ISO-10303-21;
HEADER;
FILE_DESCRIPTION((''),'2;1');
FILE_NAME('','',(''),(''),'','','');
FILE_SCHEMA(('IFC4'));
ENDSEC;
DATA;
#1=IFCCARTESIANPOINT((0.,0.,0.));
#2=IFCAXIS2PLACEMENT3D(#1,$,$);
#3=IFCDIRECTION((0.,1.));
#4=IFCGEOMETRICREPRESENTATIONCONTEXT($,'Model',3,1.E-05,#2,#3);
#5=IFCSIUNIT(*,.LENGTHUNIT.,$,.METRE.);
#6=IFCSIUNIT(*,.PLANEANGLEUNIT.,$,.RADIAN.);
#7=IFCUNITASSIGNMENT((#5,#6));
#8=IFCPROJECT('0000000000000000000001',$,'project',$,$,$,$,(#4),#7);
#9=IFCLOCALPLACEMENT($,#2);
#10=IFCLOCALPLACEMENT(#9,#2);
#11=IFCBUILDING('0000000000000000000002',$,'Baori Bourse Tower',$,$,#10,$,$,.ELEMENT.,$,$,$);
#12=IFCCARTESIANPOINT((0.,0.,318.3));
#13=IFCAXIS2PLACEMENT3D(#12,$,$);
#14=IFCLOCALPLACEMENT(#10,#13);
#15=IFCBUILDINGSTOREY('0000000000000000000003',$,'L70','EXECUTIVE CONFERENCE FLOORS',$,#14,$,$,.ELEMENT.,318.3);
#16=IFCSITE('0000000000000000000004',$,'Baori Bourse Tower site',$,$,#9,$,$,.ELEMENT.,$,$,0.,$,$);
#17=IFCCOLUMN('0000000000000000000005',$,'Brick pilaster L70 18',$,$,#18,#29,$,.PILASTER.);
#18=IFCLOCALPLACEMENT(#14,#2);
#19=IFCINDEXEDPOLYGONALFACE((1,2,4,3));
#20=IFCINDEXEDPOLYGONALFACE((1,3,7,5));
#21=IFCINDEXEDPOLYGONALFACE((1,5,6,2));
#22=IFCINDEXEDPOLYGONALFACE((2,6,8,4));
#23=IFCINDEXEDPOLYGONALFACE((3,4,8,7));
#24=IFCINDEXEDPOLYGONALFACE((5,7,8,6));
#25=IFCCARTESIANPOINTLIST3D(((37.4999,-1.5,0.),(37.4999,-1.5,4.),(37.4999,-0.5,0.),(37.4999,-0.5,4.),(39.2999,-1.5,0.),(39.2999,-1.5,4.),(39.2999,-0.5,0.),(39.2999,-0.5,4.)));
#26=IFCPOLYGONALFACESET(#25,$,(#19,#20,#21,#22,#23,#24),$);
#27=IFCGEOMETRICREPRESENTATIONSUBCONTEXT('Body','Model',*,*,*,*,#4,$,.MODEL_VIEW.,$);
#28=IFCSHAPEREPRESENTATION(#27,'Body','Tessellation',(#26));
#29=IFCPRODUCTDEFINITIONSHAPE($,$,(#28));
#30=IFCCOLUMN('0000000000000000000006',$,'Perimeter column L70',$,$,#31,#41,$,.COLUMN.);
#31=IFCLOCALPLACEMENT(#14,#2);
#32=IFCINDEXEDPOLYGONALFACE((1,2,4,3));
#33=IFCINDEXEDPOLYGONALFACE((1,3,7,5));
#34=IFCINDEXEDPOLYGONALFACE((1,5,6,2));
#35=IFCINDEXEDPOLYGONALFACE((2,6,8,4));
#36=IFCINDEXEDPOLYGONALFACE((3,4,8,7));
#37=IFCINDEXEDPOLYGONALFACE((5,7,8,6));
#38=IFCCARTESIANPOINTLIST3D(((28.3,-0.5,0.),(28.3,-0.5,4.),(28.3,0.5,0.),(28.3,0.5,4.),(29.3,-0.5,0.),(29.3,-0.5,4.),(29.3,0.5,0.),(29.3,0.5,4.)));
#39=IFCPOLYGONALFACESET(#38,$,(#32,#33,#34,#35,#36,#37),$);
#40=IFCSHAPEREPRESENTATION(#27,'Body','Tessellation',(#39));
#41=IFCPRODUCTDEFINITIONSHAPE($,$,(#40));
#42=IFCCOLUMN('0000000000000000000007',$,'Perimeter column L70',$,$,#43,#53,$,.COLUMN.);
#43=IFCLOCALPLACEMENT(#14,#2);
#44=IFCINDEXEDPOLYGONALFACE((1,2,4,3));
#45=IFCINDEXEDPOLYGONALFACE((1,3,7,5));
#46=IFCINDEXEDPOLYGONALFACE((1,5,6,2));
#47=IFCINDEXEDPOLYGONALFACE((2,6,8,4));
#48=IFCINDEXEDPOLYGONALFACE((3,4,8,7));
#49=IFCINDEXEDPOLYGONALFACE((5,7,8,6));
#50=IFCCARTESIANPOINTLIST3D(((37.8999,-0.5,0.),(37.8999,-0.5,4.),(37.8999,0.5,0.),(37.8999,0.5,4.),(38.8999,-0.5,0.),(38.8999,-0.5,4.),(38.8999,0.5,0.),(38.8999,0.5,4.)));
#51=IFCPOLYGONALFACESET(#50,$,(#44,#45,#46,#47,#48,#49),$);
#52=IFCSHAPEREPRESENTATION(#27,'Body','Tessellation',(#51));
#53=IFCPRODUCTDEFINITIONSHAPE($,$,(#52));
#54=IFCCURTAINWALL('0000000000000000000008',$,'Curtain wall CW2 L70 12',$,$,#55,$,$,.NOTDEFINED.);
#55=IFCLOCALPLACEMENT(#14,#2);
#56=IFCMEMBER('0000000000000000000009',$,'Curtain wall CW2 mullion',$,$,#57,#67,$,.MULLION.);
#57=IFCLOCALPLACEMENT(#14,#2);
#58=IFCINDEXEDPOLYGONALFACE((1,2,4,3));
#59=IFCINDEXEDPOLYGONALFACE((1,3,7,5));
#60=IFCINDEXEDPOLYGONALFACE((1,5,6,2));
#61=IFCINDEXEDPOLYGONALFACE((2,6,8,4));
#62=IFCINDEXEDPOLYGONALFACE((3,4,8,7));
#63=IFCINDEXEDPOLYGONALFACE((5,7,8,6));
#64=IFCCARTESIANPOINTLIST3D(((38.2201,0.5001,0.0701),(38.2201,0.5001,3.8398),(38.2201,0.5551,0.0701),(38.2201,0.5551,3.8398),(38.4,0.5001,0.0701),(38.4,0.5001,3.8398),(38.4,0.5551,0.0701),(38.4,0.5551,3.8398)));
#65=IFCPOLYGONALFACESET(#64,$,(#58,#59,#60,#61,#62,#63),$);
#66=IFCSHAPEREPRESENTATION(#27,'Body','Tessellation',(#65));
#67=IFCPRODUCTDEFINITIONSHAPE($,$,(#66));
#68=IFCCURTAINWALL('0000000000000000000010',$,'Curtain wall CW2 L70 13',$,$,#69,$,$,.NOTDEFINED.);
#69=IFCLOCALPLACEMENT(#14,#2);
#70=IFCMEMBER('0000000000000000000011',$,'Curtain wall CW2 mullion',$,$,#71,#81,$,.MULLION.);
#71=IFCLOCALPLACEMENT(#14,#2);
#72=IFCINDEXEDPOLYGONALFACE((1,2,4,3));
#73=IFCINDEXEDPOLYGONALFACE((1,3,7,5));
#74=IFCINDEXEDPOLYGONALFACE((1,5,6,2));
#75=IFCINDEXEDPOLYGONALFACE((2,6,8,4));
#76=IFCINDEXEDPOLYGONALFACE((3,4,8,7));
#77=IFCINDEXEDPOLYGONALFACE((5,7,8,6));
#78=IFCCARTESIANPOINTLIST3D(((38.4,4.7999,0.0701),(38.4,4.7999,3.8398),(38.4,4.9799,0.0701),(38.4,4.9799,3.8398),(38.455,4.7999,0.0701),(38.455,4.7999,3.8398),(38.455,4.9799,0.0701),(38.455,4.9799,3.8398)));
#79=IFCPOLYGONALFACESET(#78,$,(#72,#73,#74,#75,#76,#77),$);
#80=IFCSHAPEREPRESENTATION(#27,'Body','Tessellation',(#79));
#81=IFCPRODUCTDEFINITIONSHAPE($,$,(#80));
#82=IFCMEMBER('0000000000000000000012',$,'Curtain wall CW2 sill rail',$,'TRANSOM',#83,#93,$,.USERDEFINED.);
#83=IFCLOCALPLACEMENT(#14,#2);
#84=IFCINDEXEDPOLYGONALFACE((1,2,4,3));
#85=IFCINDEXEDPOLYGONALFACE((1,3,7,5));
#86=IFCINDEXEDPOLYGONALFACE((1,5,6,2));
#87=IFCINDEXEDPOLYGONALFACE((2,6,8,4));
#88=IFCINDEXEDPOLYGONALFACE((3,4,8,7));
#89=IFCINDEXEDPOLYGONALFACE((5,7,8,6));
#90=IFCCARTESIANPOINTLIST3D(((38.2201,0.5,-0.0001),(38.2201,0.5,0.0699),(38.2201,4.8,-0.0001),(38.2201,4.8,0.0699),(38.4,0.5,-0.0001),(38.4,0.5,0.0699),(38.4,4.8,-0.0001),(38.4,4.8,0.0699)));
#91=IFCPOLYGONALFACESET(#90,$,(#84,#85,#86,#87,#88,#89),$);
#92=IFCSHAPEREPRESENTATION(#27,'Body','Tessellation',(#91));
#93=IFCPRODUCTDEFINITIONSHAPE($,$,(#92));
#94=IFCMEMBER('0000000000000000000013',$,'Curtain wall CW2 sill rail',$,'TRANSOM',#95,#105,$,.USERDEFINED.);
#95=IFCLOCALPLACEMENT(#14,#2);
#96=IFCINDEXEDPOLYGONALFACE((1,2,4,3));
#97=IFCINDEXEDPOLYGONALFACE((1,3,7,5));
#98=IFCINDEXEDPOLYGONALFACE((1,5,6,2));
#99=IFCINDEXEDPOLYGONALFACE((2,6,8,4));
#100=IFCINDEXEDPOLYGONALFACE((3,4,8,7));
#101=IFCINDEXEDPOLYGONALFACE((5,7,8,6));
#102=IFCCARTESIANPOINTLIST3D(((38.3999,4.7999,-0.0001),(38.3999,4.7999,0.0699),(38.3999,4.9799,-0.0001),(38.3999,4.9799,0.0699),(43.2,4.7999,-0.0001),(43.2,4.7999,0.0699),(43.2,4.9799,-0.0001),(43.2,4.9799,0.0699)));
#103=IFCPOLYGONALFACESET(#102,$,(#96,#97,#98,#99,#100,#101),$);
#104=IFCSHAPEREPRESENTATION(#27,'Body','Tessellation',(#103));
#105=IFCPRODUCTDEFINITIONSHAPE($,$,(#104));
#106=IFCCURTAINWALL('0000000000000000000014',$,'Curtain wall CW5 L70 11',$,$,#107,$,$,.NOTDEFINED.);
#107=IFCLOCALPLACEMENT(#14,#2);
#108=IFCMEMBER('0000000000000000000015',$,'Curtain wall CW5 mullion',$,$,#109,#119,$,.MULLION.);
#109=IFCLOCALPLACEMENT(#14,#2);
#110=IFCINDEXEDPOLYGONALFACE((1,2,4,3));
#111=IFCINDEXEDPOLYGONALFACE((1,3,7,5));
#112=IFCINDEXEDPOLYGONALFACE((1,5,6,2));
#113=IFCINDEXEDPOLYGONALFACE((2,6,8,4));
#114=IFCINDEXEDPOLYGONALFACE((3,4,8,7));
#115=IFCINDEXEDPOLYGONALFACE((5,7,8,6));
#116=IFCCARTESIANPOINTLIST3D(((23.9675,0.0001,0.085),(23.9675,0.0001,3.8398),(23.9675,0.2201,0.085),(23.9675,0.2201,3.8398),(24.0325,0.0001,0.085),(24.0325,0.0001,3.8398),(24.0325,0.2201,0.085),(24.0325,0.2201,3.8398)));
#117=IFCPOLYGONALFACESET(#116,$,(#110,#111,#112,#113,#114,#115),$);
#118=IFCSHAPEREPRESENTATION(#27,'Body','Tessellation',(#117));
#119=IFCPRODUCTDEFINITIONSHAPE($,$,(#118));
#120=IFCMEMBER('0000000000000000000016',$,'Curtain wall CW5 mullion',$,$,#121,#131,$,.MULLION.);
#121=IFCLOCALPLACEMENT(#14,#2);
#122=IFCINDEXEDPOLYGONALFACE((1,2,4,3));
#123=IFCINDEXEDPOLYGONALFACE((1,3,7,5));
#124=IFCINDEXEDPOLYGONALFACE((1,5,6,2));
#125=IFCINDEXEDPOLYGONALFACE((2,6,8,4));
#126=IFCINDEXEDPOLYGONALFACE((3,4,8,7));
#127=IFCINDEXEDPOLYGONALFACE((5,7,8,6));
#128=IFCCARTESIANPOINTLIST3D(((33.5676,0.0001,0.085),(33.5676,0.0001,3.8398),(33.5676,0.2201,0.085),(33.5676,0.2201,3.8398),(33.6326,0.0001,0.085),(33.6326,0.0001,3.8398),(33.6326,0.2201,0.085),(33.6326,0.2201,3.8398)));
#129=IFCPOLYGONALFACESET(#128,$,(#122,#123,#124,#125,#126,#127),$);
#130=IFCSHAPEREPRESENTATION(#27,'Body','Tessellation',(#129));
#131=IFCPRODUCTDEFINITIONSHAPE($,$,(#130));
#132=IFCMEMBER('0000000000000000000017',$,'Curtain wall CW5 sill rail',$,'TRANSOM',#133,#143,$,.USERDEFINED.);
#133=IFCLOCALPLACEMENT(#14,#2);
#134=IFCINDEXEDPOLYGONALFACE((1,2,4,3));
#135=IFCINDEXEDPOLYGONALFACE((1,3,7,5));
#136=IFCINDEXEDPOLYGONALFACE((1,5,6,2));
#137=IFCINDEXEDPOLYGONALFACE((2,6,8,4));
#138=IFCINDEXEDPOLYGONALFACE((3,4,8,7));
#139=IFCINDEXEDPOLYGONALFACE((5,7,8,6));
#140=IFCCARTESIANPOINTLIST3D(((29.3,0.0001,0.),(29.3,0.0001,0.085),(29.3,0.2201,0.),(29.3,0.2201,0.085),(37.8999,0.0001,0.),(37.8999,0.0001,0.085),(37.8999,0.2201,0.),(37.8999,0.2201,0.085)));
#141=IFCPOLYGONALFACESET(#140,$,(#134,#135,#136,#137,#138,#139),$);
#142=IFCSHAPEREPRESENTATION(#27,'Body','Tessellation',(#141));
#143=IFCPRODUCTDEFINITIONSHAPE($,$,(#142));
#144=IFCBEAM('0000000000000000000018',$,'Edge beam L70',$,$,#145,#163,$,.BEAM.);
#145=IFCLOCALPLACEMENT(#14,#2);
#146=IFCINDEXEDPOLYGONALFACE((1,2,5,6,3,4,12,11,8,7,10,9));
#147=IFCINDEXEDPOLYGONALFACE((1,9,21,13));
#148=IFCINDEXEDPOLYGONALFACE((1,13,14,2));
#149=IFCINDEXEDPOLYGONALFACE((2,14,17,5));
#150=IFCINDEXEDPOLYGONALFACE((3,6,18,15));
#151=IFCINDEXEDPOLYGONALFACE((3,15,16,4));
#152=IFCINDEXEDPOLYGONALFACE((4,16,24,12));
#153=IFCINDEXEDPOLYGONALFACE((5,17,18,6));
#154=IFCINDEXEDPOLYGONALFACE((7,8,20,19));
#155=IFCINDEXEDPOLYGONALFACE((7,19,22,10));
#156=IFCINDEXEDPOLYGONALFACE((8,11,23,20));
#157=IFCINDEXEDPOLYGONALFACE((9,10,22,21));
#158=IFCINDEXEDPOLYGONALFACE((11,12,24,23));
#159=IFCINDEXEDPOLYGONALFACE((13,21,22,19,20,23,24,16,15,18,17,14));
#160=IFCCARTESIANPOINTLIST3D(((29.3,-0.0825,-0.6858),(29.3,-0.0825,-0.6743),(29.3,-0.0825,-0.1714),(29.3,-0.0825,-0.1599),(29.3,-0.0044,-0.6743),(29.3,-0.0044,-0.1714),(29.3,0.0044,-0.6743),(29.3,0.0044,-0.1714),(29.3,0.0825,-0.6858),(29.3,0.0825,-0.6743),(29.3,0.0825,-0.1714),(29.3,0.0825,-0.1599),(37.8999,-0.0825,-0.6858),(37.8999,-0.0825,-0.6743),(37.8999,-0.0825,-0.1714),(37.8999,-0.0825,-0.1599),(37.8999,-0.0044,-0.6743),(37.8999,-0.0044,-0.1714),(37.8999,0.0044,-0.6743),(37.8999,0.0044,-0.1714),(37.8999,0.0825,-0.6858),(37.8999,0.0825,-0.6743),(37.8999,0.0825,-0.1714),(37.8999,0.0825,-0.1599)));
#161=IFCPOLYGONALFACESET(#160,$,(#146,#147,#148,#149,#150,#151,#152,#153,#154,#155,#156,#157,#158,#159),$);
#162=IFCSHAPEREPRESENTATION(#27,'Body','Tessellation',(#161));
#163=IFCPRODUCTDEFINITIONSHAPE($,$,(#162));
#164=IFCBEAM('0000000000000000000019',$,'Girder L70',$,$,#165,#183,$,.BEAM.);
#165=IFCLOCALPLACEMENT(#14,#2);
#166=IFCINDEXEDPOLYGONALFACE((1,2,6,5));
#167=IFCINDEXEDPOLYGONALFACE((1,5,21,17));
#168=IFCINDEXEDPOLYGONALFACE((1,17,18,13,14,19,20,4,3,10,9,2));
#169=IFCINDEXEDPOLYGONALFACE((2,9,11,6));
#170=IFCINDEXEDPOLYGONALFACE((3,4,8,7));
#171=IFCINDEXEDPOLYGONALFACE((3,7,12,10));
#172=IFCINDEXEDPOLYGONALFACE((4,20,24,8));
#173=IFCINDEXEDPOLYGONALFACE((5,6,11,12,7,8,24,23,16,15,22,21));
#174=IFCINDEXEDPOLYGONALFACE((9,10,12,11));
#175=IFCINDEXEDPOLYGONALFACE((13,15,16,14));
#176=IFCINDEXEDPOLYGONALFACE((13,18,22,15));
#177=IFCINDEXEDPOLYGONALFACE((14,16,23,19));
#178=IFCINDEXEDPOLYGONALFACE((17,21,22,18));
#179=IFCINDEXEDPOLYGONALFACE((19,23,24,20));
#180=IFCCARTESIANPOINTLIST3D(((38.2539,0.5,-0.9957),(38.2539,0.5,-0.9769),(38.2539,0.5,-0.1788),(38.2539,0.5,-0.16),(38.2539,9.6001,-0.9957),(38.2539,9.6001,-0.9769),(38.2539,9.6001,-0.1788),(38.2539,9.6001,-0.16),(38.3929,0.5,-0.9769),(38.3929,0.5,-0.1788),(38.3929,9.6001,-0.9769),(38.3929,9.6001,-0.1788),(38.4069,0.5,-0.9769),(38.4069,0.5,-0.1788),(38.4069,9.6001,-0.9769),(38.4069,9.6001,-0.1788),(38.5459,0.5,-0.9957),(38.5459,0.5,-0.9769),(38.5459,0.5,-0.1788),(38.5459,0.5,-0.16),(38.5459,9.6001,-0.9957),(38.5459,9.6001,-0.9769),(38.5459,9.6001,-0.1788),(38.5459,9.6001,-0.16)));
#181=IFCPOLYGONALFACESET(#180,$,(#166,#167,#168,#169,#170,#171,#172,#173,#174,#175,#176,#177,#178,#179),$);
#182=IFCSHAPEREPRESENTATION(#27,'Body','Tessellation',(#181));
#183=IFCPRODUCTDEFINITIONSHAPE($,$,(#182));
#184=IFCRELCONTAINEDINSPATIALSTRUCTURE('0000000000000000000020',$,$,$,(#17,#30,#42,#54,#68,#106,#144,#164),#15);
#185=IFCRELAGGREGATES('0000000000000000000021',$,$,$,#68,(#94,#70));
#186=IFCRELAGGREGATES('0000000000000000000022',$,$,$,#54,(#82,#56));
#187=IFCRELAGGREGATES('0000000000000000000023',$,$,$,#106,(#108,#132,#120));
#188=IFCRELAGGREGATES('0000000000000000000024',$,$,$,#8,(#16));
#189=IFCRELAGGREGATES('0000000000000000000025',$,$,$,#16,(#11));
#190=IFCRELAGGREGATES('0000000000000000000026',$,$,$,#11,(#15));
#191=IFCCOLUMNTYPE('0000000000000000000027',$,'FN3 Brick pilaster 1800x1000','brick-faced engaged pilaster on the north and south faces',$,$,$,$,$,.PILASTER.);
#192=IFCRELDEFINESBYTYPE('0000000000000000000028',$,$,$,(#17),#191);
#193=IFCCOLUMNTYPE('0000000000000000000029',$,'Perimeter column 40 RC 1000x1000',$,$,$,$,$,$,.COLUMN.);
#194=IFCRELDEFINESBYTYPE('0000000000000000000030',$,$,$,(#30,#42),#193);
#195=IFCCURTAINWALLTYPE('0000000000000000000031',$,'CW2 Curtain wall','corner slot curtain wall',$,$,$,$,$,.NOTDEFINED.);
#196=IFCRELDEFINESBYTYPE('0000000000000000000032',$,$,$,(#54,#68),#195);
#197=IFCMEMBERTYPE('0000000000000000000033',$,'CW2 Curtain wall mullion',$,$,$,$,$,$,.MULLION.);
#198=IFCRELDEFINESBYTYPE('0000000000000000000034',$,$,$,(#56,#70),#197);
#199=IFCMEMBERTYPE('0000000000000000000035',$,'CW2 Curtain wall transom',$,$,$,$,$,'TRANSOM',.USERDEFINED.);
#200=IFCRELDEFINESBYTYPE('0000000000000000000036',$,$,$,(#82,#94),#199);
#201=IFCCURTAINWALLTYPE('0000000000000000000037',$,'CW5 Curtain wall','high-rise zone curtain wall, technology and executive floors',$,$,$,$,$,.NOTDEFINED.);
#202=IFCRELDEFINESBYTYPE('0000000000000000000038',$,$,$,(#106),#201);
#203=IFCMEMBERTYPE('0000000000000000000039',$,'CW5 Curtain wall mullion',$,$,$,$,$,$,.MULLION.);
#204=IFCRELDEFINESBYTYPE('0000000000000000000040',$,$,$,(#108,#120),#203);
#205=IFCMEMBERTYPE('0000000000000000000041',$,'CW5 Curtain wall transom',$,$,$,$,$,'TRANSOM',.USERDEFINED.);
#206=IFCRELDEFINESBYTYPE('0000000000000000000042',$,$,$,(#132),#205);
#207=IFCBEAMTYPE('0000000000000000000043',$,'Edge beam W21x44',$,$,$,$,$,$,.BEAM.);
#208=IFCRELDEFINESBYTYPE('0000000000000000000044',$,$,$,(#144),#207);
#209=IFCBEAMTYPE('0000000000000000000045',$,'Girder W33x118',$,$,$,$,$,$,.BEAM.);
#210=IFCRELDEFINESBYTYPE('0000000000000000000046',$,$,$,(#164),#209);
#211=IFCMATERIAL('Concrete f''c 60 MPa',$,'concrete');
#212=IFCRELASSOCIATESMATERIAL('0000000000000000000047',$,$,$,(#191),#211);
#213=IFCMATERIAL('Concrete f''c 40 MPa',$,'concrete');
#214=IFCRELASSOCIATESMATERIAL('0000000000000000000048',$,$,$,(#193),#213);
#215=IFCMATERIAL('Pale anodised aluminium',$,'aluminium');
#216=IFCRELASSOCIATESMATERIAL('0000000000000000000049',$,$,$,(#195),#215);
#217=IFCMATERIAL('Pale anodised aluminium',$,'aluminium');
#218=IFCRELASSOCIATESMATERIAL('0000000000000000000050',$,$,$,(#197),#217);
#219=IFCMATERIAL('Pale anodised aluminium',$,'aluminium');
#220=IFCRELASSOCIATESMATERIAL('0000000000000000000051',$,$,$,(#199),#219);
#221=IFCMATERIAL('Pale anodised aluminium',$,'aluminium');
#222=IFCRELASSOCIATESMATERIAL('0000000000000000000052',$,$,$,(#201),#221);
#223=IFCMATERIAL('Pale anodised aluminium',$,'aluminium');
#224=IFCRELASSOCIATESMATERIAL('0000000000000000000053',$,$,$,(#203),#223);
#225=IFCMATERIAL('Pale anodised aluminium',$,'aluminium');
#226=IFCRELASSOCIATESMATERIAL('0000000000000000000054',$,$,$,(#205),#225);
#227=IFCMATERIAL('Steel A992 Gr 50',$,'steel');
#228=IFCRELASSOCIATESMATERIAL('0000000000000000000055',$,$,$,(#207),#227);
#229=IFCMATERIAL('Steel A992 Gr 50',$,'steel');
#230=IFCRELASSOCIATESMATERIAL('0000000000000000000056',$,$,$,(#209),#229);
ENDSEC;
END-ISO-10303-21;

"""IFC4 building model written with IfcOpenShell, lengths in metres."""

from ifc_helpers import new_model, si_unit, direction, frame, origin, origin_2d, place, context, subcontext, project, spatial, rectangle, i_section, extrude, material, material_profile, profile_set, type_object, element, aggregate, save


model = new_model("IFC4")

# Units and contexts
model_context = context("Model", 3, precision=1e-05, world=origin(), true_north=direction((0.0, 1.0)))
body_context = subcontext(model_context, "Body", "Model", "MODEL_VIEW")
ifc_project = project(units=[si_unit("LENGTHUNIT", "METRE"), si_unit("PLANEANGLEUNIT", "RADIAN")], contexts=[model_context])

# Site, building, storey
site_placement = place(None, origin())
site = spatial("IfcSite", under=ifc_project, at=site_placement, Name="Baori Bourse Tower site", CompositionType="ELEMENT", RefElevation=0.0)
building_placement = place(site_placement, origin())
building = spatial("IfcBuilding", under=site, at=building_placement, Name="Baori Bourse Tower", CompositionType="ELEMENT")
storey_placement = place(building_placement, frame((0.0, 0.0, 318.3)))
storey = spatial("IfcBuildingStorey", under=building, at=storey_placement, Name="L70", Description="EXECUTIVE CONFERENCE FLOORS", CompositionType="ELEMENT", Elevation=318.3)

# Columns
ifc_material_1 = material(Name="Concrete f'c 60 MPa", Category="concrete")
ifc_material_profile_1 = material_profile(ifc_material_1, rectangle(XDim=1.8, YDim=1.0, at=origin_2d()), Name="RC 1800x1000")
ifc_profile_set_1 = profile_set([ifc_material_profile_1], Name="Concrete f'c 60 MPa")
column_type_1 = type_object("IfcColumnType", Name="FN3 Brick pilaster 1800x1000", Description="brick-faced engaged pilaster on the north and south faces", PredefinedType="PILASTER", material=ifc_profile_set_1)
column_placement = place(storey_placement, frame((38.3999, -1.0, 0.0), z_axis=(0.0, 0.0, 1.0), x_axis=(1.0, 0.0, 0.0)))
element("IfcColumn", 1, at=column_placement, inside=storey, type_object=column_type_1, Name="Brick pilaster L70 18", PredefinedType="PILASTER", context=body_context, shape_type="SweptSolid", body=[
    extrude(rectangle(XDim=1.8, YDim=1.0, at=origin_2d()), origin(), (0.0, 0.0, 1.0), 4.0),
])
ifc_material_2 = material(Name="Concrete f'c 40 MPa", Category="concrete")
ifc_material_profile_2 = material_profile(ifc_material_2, rectangle(XDim=1.0, YDim=1.0, at=origin_2d()), Name="RC 1000x1000")
ifc_profile_set_2 = profile_set([ifc_material_profile_2], Name="Concrete f'c 40 MPa")
column_type_2 = type_object("IfcColumnType", Name="Perimeter column 40 RC 1000x1000", PredefinedType="COLUMN", material=ifc_profile_set_2)
for number, where, z_axis, x_axis, name in (
    (2, (28.8, 0.0, 0.0), (0.0, 0.0, 1.0), (1.0, 0.0, 0.0), "Perimeter column L70"),
    (3, (38.3999, 0.0, 0.0), (0.0, 0.0, 1.0), (1.0, 0.0, 0.0), "Perimeter column L70"),
):
    element("IfcColumn", number, at=place(storey_placement, frame(where, z_axis=z_axis, x_axis=x_axis)), inside=storey, type_object=column_type_2, Name=name, PredefinedType="COLUMN", context=body_context, shape_type="SweptSolid", body=[
        extrude(rectangle(XDim=1.0, YDim=1.0, at=origin_2d()), origin(), (0.0, 0.0, 1.0), 4.0),
    ])

# Curtain walls, members
ifc_material_3 = material(Name="Pale anodised aluminium", Category="aluminium")
curtain_wall_type_1 = type_object("IfcCurtainWallType", Name="CW2 Curtain wall", Description="corner slot curtain wall", PredefinedType="NOTDEFINED", material=ifc_material_3)
curtain_wall_1_placement = place(storey_placement, origin())
curtain_wall_1 = element("IfcCurtainWall", 4, at=curtain_wall_1_placement, inside=storey, type_object=curtain_wall_type_1, Name="Curtain wall CW2 L70 12", PredefinedType="NOTDEFINED")
ifc_material_4 = material(Name="Pale anodised aluminium", Category="aluminium")
ifc_material_profile_3 = material_profile(ifc_material_4, rectangle(XDim=0.1799, YDim=0.0549, at=origin_2d()), Name="Mullion 55x180")
ifc_profile_set_3 = profile_set([ifc_material_profile_3], Name="Pale anodised aluminium")
member_type_1 = type_object("IfcMemberType", Name="CW2 Curtain wall mullion", PredefinedType="MULLION", material=ifc_profile_set_3)
member_1_placement = place(storey_placement, frame((38.3101, 0.5276, 0.0701), z_axis=(0.0, 0.0, 1.0), x_axis=(-1.0, 0.0, 0.0)))
member_1 = element("IfcMember", 5, at=member_1_placement, type_object=member_type_1, Name="Curtain wall CW2 mullion", PredefinedType="MULLION", context=body_context, shape_type="SweptSolid", body=[
    extrude(rectangle(XDim=0.1799, YDim=0.0549, at=origin_2d()), origin(), (0.0, 0.0, 1.0), 3.7698),
])
curtain_wall_2_placement = place(storey_placement, origin())
curtain_wall_2 = element("IfcCurtainWall", 6, at=curtain_wall_2_placement, inside=storey, type_object=curtain_wall_type_1, Name="Curtain wall CW2 L70 13", PredefinedType="NOTDEFINED")
member_2_placement = place(storey_placement, frame((38.4275, 4.8899, 0.0701), z_axis=(0.0, 0.0, 1.0), x_axis=(0.0, 1.0, 0.0)))
member_2 = element("IfcMember", 7, at=member_2_placement, type_object=member_type_1, Name="Curtain wall CW2 mullion", PredefinedType="MULLION", context=body_context, shape_type="SweptSolid", body=[
    extrude(rectangle(XDim=0.1799, YDim=0.0549, at=origin_2d()), origin(), (0.0, 0.0, 1.0), 3.7698),
])

# Members
ifc_material_5 = material(Name="Pale anodised aluminium", Category="aluminium")
ifc_material_profile_4 = material_profile(ifc_material_5, rectangle(XDim=0.1799, YDim=0.0701, at=origin_2d()), Name="Transom 70x180")
ifc_profile_set_4 = profile_set([ifc_material_profile_4], Name="Pale anodised aluminium")
member_type_2 = type_object("IfcMemberType", Name="CW2 Curtain wall transom", ElementType="TRANSOM", PredefinedType="USERDEFINED", material=ifc_profile_set_4)
member_3_placement = place(storey_placement, frame((38.3101, 0.5, 0.0349), z_axis=(0.0, 1.0, 0.0), x_axis=(-1.0, 0.0, 0.0)))
member_3 = element("IfcMember", 8, at=member_3_placement, type_object=member_type_2, Name="Curtain wall CW2 sill rail", ObjectType="TRANSOM", PredefinedType="USERDEFINED", context=body_context, shape_type="SweptSolid", body=[
    extrude(rectangle(XDim=0.1799, YDim=0.0701, at=origin_2d()), origin(), (0.0, 0.0, 1.0), 4.3),
])
member_4_placement = place(storey_placement, frame((38.3999, 4.8899, 0.0349), z_axis=(1.0, 0.0, 0.0), x_axis=(0.0, 1.0, 0.0)))
member_4 = element("IfcMember", 9, at=member_4_placement, type_object=member_type_2, Name="Curtain wall CW2 sill rail", ObjectType="TRANSOM", PredefinedType="USERDEFINED", context=body_context, shape_type="SweptSolid", body=[
    extrude(rectangle(XDim=0.1799, YDim=0.0701, at=origin_2d()), origin(), (0.0, 0.0, 1.0), 4.8),
])
aggregate(curtain_wall_2, [member_4, member_2])

# Curtain wall, members
ifc_material_6 = material(Name="Pale anodised aluminium", Category="aluminium")
curtain_wall_type_2 = type_object("IfcCurtainWallType", Name="CW5 Curtain wall", Description="high-rise zone curtain wall, technology and executive floors", PredefinedType="NOTDEFINED", material=ifc_material_6)
curtain_wall_3_placement = place(storey_placement, origin())
curtain_wall_3 = element("IfcCurtainWall", 10, at=curtain_wall_3_placement, inside=storey, type_object=curtain_wall_type_2, Name="Curtain wall CW5 L70 11", PredefinedType="NOTDEFINED")
ifc_material_7 = material(Name="Pale anodised aluminium", Category="aluminium")
ifc_material_profile_5 = material_profile(ifc_material_7, rectangle(XDim=0.22, YDim=0.0649, at=origin_2d()), Name="Mullion 65x220")
ifc_profile_set_5 = profile_set([ifc_material_profile_5], Name="Pale anodised aluminium")
member_type_3 = type_object("IfcMemberType", Name="CW5 Curtain wall mullion", PredefinedType="MULLION", material=ifc_profile_set_5)
member_5_placement = place(storey_placement, frame((24.0, 0.1101, 0.085), z_axis=(0.0, 0.0, 1.0), x_axis=(0.0, 1.0, 0.0)))
member_5 = element("IfcMember", 11, at=member_5_placement, type_object=member_type_3, Name="Curtain wall CW5 mullion", PredefinedType="MULLION", context=body_context, shape_type="SweptSolid", body=[
    extrude(rectangle(XDim=0.22, YDim=0.0649, at=origin_2d()), origin(), (0.0, 0.0, 1.0), 3.7549),
])
member_6_placement = place(storey_placement, frame((33.6001, 0.1101, 0.085), z_axis=(0.0, 0.0, 1.0), x_axis=(0.0, 1.0, 0.0)))
member_6 = element("IfcMember", 12, at=member_6_placement, type_object=member_type_3, Name="Curtain wall CW5 mullion", PredefinedType="MULLION", context=body_context, shape_type="SweptSolid", body=[
    extrude(rectangle(XDim=0.22, YDim=0.0649, at=origin_2d()), origin(), (0.0, 0.0, 1.0), 3.7549),
])
ifc_material_8 = material(Name="Pale anodised aluminium", Category="aluminium")
ifc_material_profile_6 = material_profile(ifc_material_8, rectangle(XDim=0.22, YDim=0.085, at=origin_2d()), Name="Transom 85x220")
ifc_profile_set_6 = profile_set([ifc_material_profile_6], Name="Pale anodised aluminium")
member_type_4 = type_object("IfcMemberType", Name="CW5 Curtain wall transom", ElementType="TRANSOM", PredefinedType="USERDEFINED", material=ifc_profile_set_6)
member_7_placement = place(storey_placement, frame((29.3, 0.1101, 0.0425), z_axis=(1.0, 0.0, 0.0), x_axis=(0.0, 1.0, 0.0)))
member_7 = element("IfcMember", 13, at=member_7_placement, type_object=member_type_4, Name="Curtain wall CW5 sill rail", ObjectType="TRANSOM", PredefinedType="USERDEFINED", context=body_context, shape_type="SweptSolid", body=[
    extrude(rectangle(XDim=0.22, YDim=0.085, at=origin_2d()), origin(), (0.0, 0.0, 1.0), 8.5999),
])

# Beams
ifc_material_9 = material(Name="Steel A992 Gr 50", Category="steel")
ifc_material_profile_7 = material_profile(ifc_material_9, i_section(OverallWidth=0.165, OverallDepth=0.5259, WebThickness=0.0088, FlangeThickness=0.0115, at=origin_2d()), Name="W21x44")
ifc_profile_set_7 = profile_set([ifc_material_profile_7], Name="Steel A992 Gr 50")
beam_type_1 = type_object("IfcBeamType", Name="Edge beam W21x44", PredefinedType="BEAM", material=ifc_profile_set_7)
beam_1_placement = place(storey_placement, frame((29.3, 0.0, -0.4229), z_axis=(1.0, 0.0, 0.0), x_axis=(0.0, 1.0, 0.0)))
element("IfcBeam", 14, at=beam_1_placement, inside=storey, type_object=beam_type_1, Name="Edge beam L70", PredefinedType="BEAM", context=body_context, shape_type="SweptSolid", body=[
    extrude(i_section(OverallWidth=0.165, OverallDepth=0.5259, WebThickness=0.0088, FlangeThickness=0.0115, at=origin_2d()), origin(), (0.0, 0.0, 1.0), 8.5999),
])
ifc_material_10 = material(Name="Steel A992 Gr 50", Category="steel")
ifc_material_profile_8 = material_profile(ifc_material_10, i_section(OverallWidth=0.292, OverallDepth=0.8357, WebThickness=0.0139, FlangeThickness=0.0188, at=origin_2d()), Name="W33x118")
ifc_profile_set_8 = profile_set([ifc_material_profile_8], Name="Steel A992 Gr 50")
beam_type_2 = type_object("IfcBeamType", Name="Girder W33x118", PredefinedType="BEAM", material=ifc_profile_set_8)
beam_2_placement = place(storey_placement, frame((38.3999, 0.5, -0.5779), z_axis=(0.0, 1.0, 0.0), x_axis=(-1.0, 0.0, 0.0)))
element("IfcBeam", 15, at=beam_2_placement, inside=storey, type_object=beam_type_2, Name="Girder L70", PredefinedType="BEAM", context=body_context, shape_type="SweptSolid", body=[
    extrude(i_section(OverallWidth=0.292, OverallDepth=0.8357, WebThickness=0.0139, FlangeThickness=0.0188, at=origin_2d()), origin(), (0.0, 0.0, 1.0), 9.1001),
])

aggregate(curtain_wall_1, [member_3, member_1])
aggregate(curtain_wall_3, [member_5, member_7, member_6])

save(model, "model.ifc")
